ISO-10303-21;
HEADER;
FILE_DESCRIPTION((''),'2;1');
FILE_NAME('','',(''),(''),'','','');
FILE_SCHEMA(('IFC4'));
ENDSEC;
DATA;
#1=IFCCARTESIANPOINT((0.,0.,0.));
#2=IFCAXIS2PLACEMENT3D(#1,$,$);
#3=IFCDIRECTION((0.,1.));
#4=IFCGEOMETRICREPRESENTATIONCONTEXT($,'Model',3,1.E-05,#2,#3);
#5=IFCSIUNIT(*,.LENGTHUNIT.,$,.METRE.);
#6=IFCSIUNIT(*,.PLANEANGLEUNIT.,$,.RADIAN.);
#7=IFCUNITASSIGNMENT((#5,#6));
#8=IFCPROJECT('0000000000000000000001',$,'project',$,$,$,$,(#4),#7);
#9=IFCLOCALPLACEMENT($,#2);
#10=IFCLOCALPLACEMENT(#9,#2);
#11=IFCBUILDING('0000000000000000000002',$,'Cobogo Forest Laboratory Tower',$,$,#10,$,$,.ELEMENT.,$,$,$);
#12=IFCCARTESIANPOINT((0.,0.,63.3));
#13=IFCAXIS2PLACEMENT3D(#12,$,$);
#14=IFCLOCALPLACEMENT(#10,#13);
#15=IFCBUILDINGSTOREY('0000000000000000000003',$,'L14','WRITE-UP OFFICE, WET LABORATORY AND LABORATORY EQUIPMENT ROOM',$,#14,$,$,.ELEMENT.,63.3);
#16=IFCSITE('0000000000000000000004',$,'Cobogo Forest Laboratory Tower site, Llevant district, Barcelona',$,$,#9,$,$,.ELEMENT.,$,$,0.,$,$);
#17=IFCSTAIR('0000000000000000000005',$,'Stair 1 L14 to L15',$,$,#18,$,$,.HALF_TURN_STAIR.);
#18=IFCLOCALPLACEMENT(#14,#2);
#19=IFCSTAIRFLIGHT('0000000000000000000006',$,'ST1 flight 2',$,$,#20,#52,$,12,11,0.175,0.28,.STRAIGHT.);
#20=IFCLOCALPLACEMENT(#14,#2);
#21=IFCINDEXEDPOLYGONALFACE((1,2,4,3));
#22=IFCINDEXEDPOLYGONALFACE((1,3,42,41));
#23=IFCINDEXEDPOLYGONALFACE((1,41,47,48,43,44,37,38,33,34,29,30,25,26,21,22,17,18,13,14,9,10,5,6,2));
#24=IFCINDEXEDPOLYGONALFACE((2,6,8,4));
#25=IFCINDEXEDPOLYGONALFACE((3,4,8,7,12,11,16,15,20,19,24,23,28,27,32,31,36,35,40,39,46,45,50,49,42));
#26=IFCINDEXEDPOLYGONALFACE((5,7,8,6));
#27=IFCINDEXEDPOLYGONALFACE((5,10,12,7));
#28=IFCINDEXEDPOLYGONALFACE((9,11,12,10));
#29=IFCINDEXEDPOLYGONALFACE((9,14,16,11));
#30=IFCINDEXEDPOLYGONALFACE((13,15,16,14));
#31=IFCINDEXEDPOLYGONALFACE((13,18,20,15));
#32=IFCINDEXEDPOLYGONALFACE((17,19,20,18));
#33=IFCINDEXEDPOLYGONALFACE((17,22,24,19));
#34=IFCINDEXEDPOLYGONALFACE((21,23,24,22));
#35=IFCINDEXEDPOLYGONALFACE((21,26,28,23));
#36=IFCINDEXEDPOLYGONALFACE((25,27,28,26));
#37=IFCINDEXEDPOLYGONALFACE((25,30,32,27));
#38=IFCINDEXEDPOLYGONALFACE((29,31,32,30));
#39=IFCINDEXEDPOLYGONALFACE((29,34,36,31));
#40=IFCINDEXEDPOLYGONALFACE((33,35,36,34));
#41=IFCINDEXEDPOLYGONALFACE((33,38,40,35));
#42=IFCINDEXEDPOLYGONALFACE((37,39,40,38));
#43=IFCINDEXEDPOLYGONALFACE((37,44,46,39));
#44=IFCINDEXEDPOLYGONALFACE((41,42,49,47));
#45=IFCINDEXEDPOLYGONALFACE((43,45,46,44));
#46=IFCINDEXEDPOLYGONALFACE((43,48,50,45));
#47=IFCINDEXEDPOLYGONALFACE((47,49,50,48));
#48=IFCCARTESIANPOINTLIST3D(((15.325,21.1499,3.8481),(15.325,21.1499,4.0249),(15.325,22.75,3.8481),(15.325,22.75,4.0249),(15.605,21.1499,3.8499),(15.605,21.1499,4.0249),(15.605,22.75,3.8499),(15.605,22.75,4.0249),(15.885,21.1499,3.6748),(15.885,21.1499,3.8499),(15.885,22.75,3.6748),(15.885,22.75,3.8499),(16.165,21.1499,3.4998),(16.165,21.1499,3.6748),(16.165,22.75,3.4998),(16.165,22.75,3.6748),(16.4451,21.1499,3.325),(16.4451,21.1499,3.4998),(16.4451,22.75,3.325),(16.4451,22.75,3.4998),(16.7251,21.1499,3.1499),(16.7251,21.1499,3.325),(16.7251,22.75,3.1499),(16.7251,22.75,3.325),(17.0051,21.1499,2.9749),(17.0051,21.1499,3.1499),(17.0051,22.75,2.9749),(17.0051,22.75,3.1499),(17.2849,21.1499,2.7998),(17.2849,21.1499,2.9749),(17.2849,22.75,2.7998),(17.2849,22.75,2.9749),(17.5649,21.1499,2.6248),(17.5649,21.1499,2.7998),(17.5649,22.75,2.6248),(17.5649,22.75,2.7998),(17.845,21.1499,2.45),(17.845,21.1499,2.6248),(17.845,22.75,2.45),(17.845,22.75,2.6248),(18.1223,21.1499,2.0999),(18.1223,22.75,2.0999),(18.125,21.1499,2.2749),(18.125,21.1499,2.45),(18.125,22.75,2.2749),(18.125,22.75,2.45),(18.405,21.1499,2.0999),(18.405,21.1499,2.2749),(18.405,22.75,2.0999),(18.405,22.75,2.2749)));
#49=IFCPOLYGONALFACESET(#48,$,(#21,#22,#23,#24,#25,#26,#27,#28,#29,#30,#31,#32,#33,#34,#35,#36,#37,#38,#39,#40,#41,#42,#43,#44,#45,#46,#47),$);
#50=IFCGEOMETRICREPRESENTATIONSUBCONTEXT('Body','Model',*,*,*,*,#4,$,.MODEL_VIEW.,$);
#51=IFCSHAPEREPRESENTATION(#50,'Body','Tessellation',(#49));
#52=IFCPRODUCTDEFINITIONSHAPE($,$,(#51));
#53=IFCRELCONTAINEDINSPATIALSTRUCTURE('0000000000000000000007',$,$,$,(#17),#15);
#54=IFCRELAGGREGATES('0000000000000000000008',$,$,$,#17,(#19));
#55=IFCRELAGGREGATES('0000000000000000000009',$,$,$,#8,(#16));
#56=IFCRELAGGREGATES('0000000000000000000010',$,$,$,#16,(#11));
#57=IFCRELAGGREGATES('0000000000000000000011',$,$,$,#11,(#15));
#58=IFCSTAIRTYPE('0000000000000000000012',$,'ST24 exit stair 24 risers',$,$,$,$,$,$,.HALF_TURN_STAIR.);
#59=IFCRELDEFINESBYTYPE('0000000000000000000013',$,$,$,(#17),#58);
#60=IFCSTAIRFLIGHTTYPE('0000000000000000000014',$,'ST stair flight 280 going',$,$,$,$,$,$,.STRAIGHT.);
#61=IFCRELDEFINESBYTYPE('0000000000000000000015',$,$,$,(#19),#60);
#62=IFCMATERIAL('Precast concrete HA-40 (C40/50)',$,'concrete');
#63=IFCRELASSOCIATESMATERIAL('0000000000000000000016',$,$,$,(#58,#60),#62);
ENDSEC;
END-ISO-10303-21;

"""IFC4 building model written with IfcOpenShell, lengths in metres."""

from ifc_helpers import new_model, si_unit, direction, frame, origin, place, context, subcontext, project, spatial, polyline, outline, extrude, material, type_object, element, aggregate, save


model = new_model("IFC4")

# Units and contexts
model_context = context("Model", 3, precision=1e-05, world=origin(), true_north=direction((0.0, 1.0)))
body_context = subcontext(model_context, "Body", "Model", "MODEL_VIEW")
ifc_project = project(units=[si_unit("LENGTHUNIT", "METRE"), si_unit("PLANEANGLEUNIT", "RADIAN")], contexts=[model_context])

# Site, building, storey
site_placement = place(None, origin())
site = spatial("IfcSite", under=ifc_project, at=site_placement, Name="Cobogo Forest Laboratory Tower site, Llevant district, Barcelona", CompositionType="ELEMENT", RefElevation=0.0)
building_placement = place(site_placement, origin())
building = spatial("IfcBuilding", under=site, at=building_placement, Name="Cobogo Forest Laboratory Tower", CompositionType="ELEMENT")
storey_placement = place(building_placement, frame((0.0, 0.0, 63.3)))
storey = spatial("IfcBuildingStorey", under=building, at=storey_placement, Name="L14", Description="WRITE-UP OFFICE, WET LABORATORY AND LABORATORY EQUIPMENT ROOM", CompositionType="ELEMENT", Elevation=63.3)

# Stair, stair flight
ifc_material_1 = material(Name="Precast concrete HA-40 (C40/50)", Category="concrete")
stair_type = type_object("IfcStairType", Name="ST24 exit stair 24 risers", PredefinedType="HALF_TURN_STAIR", material=ifc_material_1)
stair_placement = place(storey_placement, origin())
stair = element("IfcStair", 1, at=stair_placement, inside=storey, type_object=stair_type, Name="Stair 1 L14 to L15", PredefinedType="HALF_TURN_STAIR")
stair_flight_type = type_object("IfcStairFlightType", Name="ST stair flight 280 going", PredefinedType="STRAIGHT", material=ifc_material_1)
stair_flight_placement = place(storey_placement, frame((18.405, 21.95, 2.0999), z_axis=(0.0, 0.0, 1.0), x_axis=(-1.0, 0.0, 0.0)))
stair_flight = element("IfcStairFlight", 2, at=stair_flight_placement, type_object=stair_flight_type, Name="ST1 flight 2", NumberOfRisers=12, NumberOfTreads=11, PredefinedType="STRAIGHT", RiserHeight=0.175, TreadLength=0.28, context=body_context, shape_type="SweptSolid", body=[
    extrude(outline(polyline([(0.0, 0.0), (0.0, 0.175), (0.28, 0.175), (0.28, 0.3501), (0.5601, 0.3501), (0.5601, 0.5249), (0.8401, 0.5249), (0.8401, 0.7), (1.1201, 0.7), (1.1201, 0.875), (1.3999, 0.875), (1.3999, 1.05), (1.6799, 1.05), (1.6799, 1.2251), (1.96, 1.2251), (1.96, 1.3999), (2.24, 1.3999), (2.24, 1.575), (2.52, 1.575), (2.52, 1.75), (2.8, 1.75), (2.8, 1.925), (3.0801, 1.925), (3.0801, 2.1001), (3.0801, 1.7483), (0.2827, 0.0), (0.0, 0.0)])), frame((0.0, 0.8, 0.0), z_axis=(0.0, -1.0, 0.0), x_axis=(1.0, 0.0, 0.0)), (0.0, 0.0, 1.0), 1.6001),
])
aggregate(stair, [stair_flight])

save(model, "model.ifc")
